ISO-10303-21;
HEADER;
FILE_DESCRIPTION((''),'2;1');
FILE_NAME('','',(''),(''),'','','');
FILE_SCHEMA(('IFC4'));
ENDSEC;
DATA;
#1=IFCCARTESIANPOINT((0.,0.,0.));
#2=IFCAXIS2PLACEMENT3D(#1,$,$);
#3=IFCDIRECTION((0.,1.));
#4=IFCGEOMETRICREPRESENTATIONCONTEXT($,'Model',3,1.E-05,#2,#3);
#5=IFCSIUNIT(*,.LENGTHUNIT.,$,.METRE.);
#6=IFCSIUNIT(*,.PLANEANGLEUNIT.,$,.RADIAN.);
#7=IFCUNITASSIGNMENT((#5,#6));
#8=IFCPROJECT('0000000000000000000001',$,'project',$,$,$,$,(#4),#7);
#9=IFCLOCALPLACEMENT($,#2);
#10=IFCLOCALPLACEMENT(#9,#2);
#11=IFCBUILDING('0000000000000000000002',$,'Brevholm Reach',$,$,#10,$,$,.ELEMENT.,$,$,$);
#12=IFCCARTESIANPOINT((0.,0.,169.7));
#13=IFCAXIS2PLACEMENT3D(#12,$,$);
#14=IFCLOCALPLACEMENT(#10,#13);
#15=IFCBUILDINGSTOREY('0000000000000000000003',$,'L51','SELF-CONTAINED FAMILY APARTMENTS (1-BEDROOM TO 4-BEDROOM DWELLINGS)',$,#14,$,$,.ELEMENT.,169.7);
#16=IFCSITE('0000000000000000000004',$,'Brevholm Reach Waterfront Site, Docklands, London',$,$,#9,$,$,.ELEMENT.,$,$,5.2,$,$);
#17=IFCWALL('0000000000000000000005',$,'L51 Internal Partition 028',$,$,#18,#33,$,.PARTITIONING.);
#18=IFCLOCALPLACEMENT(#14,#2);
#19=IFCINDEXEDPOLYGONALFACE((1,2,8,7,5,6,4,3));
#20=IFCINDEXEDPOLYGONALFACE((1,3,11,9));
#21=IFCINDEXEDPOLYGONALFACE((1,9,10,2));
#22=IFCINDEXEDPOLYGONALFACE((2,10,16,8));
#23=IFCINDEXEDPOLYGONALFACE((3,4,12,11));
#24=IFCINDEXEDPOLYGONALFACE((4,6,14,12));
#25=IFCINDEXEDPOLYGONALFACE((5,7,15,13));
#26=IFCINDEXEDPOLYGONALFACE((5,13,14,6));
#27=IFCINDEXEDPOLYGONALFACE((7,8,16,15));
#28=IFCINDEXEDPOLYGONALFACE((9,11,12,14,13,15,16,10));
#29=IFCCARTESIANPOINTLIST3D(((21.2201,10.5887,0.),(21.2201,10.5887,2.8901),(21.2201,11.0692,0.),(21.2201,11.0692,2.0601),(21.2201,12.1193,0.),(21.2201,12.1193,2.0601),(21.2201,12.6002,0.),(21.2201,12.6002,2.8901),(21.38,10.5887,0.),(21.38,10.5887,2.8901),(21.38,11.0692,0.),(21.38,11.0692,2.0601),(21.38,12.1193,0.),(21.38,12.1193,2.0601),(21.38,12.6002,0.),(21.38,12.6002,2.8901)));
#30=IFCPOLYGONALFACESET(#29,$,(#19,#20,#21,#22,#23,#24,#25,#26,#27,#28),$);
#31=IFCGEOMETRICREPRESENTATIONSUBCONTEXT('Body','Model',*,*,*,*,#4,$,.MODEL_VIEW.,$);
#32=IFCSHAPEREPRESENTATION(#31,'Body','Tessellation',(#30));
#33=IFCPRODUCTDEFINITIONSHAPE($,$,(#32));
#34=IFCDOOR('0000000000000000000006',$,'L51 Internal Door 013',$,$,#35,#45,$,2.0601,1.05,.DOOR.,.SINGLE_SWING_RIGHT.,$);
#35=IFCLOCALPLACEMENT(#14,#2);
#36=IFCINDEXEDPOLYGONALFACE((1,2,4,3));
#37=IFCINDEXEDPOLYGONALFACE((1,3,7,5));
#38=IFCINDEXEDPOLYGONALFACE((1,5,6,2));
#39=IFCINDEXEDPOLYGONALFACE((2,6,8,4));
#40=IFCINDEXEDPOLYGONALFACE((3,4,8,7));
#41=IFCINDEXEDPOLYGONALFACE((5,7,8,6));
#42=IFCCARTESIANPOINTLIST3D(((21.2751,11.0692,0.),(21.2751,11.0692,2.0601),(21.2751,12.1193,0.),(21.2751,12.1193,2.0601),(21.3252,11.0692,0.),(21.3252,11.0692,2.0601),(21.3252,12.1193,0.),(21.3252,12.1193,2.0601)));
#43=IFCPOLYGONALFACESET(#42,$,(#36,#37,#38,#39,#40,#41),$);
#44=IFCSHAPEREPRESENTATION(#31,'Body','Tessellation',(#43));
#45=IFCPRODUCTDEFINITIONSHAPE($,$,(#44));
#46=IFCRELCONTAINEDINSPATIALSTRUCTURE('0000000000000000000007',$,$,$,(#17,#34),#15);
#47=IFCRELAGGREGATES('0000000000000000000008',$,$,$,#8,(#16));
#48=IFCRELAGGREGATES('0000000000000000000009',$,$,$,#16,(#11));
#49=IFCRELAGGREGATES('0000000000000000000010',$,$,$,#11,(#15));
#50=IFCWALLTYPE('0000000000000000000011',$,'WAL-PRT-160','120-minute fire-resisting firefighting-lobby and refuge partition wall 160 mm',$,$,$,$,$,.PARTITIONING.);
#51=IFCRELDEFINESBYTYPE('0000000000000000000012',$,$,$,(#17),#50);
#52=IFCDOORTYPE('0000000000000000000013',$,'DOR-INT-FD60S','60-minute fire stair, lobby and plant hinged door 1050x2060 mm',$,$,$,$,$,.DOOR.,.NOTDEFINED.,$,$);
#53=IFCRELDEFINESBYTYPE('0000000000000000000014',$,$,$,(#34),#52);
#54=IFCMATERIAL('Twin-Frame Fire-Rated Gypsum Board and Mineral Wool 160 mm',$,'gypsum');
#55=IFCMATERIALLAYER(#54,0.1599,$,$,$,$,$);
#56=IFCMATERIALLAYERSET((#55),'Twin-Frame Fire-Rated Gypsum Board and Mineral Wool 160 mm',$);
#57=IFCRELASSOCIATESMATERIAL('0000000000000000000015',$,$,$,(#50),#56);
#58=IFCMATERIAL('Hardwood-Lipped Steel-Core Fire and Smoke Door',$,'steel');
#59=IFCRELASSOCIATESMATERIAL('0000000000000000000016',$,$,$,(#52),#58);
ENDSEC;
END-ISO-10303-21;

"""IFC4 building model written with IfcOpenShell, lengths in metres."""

from ifc_helpers import new_model, si_unit, direction, frame, frame_2d, origin, place, context, subcontext, project, spatial, rectangle, extrude, material, layer, layer_set, type_object, element, fill, save


model = new_model("IFC4")

# Units and contexts
model_context = context("Model", 3, precision=1e-05, world=origin(), true_north=direction((0.0, 1.0)))
body_context = subcontext(model_context, "Body", "Model", "MODEL_VIEW")
ifc_project = project(units=[si_unit("LENGTHUNIT", "METRE"), si_unit("PLANEANGLEUNIT", "RADIAN")], contexts=[model_context])

# Site, building, storey
site_placement = place(None, origin())
site = spatial("IfcSite", under=ifc_project, at=site_placement, Name="Brevholm Reach Waterfront Site, Docklands, London", CompositionType="ELEMENT", RefElevation=5.2)
building_placement = place(site_placement, origin())
building = spatial("IfcBuilding", under=site, at=building_placement, Name="Brevholm Reach", CompositionType="ELEMENT")
storey_placement = place(building_placement, frame((0.0, 0.0, 169.7)))
storey = spatial("IfcBuildingStorey", under=building, at=storey_placement, Name="L51", Description="SELF-CONTAINED FAMILY APARTMENTS (1-BEDROOM TO 4-BEDROOM DWELLINGS)", CompositionType="ELEMENT", Elevation=169.7)

# Wall, opening, door
ifc_material_1 = material(Name="Twin-Frame Fire-Rated Gypsum Board and Mineral Wool 160 mm", Category="gypsum")
ifc_layer_1 = layer(ifc_material_1, 0.1599)
ifc_layer_set_1 = layer_set([ifc_layer_1], Name="Twin-Frame Fire-Rated Gypsum Board and Mineral Wool 160 mm")
wall_type_1 = type_object("IfcWallType", Name="WAL-PRT-160", Description="120-minute fire-resisting firefighting-lobby and refuge partition wall 160 mm", PredefinedType="PARTITIONING", material=ifc_layer_set_1)
wall_1_placement = place(storey_placement, frame((21.3, 10.5886, 0.0), z_axis=(0.0, 0.0, 1.0), x_axis=(0.0, 1.0, 0.0)))
wall_1 = element("IfcWall", 1, at=wall_1_placement, inside=storey, type_object=wall_type_1, Name="L51 Internal Partition 028", PredefinedType="PARTITIONING", context=body_context, shape_type="SweptSolid", body=[
    extrude(rectangle(XDim=2.0115, YDim=0.1599, at=frame_2d((1.0059, 0.0))), origin(), (0.0, 0.0, 1.0), 2.8901),
])
opening_1_placement = place(wall_1_placement, frame((0.4807, 0.0, 0.0)))
opening_1 = element("IfcOpeningElement", 2, at=opening_1_placement, cuts=wall_1, PredefinedType="OPENING", context=body_context, shape_type="SweptSolid", body=[
    extrude(rectangle(XDim=1.05, YDim=2.0601, at=frame_2d((0.5249, 1.03))), frame((0.0, 0.0898, 0.0), z_axis=(0.0, -1.0, 0.0), x_axis=(1.0, 0.0, 0.0)), (0.0, 0.0, 1.0), 0.1799),
])
ifc_material_2 = material(Name="Hardwood-Lipped Steel-Core Fire and Smoke Door", Category="steel")
door_type_1 = type_object("IfcDoorType", Name="DOR-INT-FD60S", Description="60-minute fire stair, lobby and plant hinged door 1050x2060 mm", OperationType="NOTDEFINED", PredefinedType="DOOR", material=ifc_material_2)
door_1_placement = place(opening_1_placement, origin())
door_1 = element("IfcDoor", 3, at=door_1_placement, inside=storey, type_object=door_type_1, Name="L51 Internal Door 013", OperationType="SINGLE_SWING_RIGHT", OverallHeight=2.0601, OverallWidth=1.05, PredefinedType="DOOR", context=body_context, shape_type="SweptSolid", body=[
    extrude(rectangle(XDim=1.05, YDim=2.0601, at=frame_2d((0.5249, 1.03))), frame((0.0, 0.0249, 0.0), z_axis=(0.0, -1.0, 0.0), x_axis=(1.0, 0.0, 0.0)), (0.0, 0.0, 1.0), 0.05),
])
fill(opening_1, door_1)

save(model, "model.ifc")
